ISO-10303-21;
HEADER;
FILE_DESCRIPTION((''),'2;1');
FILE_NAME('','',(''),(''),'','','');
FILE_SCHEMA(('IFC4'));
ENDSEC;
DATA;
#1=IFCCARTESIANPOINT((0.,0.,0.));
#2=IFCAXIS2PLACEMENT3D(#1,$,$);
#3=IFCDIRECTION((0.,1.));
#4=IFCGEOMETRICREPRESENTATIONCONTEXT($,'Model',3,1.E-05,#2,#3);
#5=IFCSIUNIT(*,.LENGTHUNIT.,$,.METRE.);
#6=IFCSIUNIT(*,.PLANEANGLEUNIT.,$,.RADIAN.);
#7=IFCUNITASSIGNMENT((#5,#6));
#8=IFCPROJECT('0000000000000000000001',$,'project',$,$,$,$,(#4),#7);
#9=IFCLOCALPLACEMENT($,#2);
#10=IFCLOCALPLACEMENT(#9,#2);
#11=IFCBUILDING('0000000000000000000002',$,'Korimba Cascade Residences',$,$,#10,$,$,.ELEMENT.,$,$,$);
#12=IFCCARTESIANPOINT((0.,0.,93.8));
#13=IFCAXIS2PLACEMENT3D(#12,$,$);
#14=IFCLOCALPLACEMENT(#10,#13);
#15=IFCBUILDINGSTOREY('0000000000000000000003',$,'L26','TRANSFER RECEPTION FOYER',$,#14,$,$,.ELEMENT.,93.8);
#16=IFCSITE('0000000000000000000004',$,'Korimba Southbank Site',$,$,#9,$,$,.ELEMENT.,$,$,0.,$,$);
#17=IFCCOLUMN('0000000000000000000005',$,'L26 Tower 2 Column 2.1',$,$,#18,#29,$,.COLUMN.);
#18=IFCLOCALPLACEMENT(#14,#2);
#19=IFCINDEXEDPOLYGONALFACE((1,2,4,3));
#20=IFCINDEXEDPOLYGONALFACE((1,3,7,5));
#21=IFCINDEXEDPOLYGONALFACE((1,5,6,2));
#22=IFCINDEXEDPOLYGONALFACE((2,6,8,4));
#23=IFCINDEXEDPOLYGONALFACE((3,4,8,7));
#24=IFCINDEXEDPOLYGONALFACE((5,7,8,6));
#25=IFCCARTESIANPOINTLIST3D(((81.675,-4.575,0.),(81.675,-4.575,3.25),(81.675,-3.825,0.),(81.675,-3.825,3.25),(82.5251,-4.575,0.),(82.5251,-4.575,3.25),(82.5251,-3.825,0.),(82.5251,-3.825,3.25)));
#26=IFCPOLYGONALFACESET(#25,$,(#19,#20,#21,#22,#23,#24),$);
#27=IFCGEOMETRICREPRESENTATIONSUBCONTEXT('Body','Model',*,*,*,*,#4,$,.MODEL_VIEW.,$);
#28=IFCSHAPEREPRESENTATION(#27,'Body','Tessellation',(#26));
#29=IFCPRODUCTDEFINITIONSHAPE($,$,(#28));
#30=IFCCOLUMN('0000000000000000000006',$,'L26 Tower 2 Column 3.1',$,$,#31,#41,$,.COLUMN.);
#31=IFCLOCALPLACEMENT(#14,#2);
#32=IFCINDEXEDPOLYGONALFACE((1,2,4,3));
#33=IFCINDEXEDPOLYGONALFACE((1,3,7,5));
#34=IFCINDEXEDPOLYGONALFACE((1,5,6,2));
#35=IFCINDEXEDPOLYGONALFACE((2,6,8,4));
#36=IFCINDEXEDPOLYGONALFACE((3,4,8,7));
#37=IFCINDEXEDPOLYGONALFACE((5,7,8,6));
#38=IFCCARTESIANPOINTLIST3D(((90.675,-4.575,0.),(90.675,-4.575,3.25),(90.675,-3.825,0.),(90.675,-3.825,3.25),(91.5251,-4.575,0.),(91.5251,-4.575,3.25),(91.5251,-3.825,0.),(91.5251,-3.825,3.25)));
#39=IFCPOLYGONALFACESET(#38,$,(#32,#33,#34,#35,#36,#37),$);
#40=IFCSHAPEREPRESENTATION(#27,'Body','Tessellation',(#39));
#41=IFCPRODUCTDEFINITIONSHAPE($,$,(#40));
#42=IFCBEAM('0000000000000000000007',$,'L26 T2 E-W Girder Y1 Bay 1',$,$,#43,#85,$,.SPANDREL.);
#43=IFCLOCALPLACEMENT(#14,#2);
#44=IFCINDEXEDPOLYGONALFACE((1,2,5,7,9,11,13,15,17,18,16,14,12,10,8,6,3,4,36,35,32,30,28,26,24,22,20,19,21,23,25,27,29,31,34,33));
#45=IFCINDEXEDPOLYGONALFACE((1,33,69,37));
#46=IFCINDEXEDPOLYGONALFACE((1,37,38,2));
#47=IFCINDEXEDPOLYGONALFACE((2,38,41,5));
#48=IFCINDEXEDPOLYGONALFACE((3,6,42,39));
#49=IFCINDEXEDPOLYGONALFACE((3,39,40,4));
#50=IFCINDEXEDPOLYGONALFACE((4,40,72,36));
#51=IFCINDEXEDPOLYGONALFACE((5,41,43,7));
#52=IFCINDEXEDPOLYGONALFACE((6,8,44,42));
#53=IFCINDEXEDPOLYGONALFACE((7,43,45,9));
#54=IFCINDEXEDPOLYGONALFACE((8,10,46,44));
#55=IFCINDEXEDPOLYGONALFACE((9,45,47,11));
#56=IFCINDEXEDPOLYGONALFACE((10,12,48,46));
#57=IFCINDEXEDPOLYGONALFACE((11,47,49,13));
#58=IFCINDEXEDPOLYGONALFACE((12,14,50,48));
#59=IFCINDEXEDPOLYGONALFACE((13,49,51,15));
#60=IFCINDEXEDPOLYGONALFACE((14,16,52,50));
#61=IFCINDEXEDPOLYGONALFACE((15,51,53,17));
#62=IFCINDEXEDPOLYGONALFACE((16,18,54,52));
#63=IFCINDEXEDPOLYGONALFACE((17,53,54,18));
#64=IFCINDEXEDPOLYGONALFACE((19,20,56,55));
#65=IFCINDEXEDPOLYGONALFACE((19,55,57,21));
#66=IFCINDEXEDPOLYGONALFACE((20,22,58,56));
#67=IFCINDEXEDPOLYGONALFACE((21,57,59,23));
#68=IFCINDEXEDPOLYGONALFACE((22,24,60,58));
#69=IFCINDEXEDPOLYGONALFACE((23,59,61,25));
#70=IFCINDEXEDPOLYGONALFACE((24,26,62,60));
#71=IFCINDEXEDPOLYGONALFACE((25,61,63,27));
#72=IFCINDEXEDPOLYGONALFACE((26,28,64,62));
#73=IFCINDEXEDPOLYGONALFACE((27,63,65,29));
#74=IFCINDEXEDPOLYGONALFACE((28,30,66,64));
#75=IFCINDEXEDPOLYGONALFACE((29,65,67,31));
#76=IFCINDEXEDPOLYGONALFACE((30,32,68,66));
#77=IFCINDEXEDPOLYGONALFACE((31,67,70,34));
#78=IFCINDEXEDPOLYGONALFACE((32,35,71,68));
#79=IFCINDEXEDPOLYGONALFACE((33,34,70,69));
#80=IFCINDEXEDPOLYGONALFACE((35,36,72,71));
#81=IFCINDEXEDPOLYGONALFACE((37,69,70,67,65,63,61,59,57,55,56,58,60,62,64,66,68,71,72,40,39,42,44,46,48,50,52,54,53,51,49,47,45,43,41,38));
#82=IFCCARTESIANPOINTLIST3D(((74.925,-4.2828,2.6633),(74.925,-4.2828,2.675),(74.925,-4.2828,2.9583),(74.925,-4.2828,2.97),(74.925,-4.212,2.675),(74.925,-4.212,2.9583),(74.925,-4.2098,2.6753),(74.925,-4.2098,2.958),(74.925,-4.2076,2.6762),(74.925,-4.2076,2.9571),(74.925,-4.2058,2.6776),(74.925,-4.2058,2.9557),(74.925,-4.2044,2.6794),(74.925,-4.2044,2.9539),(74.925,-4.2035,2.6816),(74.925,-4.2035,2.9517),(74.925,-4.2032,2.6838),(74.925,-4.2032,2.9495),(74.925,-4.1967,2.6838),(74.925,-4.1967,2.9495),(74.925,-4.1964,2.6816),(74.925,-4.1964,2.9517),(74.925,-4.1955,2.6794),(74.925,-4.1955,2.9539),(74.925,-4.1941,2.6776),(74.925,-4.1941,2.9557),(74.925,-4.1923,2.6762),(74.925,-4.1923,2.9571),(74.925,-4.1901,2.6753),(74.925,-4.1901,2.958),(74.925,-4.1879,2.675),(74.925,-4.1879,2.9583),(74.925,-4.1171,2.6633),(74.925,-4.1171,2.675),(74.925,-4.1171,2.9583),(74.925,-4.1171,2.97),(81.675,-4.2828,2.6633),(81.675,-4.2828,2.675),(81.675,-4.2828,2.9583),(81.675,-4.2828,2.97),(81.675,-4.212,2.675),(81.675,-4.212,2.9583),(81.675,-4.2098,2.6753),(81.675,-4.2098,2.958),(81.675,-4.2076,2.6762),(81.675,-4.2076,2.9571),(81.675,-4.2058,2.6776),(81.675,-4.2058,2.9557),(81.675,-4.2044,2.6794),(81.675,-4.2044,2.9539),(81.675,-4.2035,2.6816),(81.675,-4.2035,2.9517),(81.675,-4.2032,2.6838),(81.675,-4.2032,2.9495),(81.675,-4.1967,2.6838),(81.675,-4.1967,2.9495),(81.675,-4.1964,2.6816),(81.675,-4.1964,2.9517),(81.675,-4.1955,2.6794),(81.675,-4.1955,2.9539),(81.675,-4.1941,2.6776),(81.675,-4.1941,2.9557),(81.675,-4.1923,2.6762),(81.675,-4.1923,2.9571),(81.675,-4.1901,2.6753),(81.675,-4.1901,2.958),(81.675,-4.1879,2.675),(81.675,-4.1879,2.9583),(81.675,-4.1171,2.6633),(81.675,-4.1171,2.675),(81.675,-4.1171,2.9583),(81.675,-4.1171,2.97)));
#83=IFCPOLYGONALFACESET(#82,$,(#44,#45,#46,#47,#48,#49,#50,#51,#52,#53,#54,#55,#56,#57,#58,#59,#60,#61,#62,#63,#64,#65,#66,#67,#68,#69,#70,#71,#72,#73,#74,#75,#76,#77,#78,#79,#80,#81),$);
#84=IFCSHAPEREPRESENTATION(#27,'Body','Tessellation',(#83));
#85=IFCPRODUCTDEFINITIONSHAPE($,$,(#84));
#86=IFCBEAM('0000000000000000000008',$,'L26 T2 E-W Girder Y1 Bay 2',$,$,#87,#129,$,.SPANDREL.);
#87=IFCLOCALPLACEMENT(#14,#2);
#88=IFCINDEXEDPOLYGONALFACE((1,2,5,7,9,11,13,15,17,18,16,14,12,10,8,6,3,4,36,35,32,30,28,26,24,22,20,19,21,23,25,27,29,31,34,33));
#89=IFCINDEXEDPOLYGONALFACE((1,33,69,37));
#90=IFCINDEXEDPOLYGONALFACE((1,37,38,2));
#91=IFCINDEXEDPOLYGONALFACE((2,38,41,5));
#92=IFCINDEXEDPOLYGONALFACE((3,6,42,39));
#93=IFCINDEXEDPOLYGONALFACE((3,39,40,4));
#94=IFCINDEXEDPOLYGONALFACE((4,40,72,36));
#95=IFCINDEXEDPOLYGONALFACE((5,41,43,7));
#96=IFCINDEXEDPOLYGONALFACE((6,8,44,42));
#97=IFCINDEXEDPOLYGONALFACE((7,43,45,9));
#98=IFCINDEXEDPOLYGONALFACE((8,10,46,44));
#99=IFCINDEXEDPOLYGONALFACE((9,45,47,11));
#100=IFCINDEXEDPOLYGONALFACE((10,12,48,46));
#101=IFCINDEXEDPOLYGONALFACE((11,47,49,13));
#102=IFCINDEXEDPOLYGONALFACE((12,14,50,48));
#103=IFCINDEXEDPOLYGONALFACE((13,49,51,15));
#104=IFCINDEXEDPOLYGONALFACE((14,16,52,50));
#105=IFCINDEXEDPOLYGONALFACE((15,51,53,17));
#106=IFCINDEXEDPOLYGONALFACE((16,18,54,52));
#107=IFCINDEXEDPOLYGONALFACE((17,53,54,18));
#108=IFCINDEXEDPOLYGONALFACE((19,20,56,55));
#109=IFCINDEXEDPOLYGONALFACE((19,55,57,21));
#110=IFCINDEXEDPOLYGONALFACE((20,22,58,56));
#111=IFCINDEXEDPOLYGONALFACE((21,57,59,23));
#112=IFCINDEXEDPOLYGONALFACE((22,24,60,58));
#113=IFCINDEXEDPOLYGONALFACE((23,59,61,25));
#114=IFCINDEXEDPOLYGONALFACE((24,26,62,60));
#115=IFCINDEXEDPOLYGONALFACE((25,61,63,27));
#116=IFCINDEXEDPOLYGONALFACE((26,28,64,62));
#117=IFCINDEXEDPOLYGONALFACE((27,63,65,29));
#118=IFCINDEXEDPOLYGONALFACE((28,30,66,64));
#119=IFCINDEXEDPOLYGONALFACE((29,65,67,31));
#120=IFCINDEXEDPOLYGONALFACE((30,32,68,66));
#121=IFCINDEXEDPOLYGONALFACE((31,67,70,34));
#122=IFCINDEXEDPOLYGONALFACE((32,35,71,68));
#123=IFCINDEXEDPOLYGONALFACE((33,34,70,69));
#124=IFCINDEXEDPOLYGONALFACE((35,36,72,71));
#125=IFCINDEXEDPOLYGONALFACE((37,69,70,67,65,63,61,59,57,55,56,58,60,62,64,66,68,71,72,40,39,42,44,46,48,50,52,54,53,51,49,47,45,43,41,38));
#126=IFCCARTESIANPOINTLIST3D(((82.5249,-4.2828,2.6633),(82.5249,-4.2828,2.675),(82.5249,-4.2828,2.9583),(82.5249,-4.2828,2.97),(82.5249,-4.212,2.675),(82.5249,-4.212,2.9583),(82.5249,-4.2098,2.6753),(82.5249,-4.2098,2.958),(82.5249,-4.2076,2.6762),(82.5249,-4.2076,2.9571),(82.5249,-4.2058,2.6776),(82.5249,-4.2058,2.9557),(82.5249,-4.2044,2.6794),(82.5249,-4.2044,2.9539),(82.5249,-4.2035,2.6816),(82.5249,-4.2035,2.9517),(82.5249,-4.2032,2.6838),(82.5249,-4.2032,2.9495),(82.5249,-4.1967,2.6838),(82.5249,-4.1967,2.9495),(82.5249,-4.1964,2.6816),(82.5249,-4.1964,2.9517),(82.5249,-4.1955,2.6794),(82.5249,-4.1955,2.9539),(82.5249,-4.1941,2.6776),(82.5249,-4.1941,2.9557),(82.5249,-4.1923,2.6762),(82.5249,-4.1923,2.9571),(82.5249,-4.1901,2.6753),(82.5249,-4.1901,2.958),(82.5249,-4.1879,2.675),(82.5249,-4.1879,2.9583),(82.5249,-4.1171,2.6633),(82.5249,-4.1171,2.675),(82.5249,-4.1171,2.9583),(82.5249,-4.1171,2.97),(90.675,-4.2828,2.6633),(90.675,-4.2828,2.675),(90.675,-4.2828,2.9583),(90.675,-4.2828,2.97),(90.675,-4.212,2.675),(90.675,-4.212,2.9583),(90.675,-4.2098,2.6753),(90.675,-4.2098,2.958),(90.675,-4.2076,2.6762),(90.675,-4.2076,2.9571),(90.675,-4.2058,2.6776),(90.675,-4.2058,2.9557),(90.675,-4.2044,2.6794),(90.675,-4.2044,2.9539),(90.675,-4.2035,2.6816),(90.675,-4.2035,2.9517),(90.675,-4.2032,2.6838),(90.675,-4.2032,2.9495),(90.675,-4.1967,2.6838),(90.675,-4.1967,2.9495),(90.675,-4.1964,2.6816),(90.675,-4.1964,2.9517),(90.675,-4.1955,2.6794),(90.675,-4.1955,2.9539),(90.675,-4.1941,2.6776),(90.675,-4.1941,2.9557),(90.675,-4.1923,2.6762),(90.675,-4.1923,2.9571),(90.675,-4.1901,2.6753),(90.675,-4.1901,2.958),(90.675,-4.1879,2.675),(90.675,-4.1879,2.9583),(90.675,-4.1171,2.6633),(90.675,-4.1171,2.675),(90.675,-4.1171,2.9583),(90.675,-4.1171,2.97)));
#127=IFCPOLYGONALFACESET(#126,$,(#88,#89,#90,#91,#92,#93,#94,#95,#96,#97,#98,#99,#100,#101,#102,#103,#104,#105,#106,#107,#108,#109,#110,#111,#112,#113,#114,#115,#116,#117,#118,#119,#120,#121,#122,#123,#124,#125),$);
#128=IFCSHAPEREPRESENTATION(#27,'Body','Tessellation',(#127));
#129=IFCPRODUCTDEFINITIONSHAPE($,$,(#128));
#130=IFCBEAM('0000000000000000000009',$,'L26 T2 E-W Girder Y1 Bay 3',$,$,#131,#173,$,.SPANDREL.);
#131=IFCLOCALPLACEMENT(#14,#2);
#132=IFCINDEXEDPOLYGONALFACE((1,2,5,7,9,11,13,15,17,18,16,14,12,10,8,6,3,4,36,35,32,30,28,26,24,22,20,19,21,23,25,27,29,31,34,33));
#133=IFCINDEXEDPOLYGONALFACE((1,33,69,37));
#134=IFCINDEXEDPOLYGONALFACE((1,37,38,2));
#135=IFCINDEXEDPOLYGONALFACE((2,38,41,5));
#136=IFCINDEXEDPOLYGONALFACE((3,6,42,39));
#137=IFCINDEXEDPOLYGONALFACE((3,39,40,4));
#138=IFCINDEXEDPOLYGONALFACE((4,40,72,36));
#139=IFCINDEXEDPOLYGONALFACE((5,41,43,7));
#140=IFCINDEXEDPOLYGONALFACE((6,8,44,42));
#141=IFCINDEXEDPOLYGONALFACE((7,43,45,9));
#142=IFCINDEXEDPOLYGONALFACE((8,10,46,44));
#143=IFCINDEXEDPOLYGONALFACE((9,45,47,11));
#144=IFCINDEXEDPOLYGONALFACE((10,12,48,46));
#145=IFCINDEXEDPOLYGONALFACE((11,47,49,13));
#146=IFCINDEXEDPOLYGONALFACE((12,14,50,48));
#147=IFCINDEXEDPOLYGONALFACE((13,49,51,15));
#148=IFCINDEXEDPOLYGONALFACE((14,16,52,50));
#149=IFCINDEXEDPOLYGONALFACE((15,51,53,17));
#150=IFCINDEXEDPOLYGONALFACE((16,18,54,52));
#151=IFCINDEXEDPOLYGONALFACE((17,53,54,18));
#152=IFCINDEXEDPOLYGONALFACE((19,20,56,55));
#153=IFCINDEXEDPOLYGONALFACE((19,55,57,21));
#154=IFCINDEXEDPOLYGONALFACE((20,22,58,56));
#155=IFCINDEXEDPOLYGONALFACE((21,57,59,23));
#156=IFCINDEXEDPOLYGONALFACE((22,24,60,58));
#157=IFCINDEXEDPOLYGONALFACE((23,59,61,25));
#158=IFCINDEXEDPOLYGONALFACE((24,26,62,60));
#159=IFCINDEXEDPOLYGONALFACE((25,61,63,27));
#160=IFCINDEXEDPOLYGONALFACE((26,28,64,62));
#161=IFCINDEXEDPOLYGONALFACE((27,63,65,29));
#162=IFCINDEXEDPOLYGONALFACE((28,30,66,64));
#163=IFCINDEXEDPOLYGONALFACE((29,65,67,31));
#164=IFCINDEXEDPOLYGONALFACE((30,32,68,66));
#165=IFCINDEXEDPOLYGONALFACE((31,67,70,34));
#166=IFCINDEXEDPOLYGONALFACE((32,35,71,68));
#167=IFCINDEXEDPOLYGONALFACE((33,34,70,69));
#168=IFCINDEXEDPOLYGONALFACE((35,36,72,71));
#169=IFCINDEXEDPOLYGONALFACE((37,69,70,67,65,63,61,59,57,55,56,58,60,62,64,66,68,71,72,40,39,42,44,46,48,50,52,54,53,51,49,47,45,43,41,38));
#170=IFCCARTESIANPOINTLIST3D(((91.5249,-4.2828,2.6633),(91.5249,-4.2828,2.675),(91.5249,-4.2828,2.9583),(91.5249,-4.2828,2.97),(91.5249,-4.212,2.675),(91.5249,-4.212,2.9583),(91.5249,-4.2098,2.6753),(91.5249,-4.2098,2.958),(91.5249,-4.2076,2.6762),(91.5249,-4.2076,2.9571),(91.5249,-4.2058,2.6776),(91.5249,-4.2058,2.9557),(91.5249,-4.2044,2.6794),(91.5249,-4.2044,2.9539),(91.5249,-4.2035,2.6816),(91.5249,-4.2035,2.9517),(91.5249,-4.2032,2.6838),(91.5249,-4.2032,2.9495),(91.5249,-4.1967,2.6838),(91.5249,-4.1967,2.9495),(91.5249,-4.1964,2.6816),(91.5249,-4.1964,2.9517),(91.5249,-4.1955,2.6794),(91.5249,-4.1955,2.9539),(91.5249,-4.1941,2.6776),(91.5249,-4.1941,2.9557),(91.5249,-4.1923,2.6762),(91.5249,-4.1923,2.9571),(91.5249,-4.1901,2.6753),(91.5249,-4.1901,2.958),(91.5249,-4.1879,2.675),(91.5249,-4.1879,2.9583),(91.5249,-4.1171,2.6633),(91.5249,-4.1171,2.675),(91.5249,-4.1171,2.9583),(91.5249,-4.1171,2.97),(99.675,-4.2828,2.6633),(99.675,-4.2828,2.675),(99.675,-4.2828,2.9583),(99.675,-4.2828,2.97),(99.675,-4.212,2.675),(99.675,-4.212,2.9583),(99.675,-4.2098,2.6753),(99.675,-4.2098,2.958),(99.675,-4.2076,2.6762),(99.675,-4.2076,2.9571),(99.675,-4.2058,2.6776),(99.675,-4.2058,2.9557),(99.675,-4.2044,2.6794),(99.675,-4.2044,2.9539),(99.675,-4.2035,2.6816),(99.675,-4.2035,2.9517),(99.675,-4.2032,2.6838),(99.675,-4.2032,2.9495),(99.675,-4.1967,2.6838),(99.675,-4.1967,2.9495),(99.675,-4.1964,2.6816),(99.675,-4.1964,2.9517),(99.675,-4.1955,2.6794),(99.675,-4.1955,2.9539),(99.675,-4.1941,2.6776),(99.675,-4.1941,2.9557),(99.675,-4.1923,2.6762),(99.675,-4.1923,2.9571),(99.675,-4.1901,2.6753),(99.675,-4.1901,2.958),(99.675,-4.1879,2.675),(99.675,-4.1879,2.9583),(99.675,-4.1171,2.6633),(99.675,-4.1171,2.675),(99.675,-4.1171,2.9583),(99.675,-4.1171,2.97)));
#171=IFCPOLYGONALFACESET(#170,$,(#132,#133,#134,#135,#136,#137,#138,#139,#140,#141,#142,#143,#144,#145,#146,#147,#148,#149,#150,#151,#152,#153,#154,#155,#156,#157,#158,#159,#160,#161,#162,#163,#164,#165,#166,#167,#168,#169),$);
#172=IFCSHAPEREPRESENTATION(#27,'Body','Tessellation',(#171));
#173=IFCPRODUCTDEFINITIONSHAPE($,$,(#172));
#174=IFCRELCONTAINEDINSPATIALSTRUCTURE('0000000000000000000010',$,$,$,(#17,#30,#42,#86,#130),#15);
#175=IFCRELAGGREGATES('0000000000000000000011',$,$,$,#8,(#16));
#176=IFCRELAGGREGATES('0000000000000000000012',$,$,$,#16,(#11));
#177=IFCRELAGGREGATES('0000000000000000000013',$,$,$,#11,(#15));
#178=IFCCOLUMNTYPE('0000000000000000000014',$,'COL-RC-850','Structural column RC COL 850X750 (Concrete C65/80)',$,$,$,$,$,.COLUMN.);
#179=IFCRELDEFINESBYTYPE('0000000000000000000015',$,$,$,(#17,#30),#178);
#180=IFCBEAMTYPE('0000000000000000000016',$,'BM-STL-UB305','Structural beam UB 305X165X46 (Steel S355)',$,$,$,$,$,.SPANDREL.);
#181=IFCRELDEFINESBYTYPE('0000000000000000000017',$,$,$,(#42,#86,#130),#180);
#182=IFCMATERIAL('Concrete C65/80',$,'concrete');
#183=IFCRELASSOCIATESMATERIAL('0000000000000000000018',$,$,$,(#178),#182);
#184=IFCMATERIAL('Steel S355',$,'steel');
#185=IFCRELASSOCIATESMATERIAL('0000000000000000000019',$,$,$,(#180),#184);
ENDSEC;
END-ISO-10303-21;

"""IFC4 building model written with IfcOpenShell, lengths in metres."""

from ifc_helpers import new_model, si_unit, direction, frame, origin, origin_2d, place, context, subcontext, project, spatial, rectangle, i_section, extrude, material, material_profile, profile_set, type_object, element, save


model = new_model("IFC4")

# Units and contexts
model_context = context("Model", 3, precision=1e-05, world=origin(), true_north=direction((0.0, 1.0)))
body_context = subcontext(model_context, "Body", "Model", "MODEL_VIEW")
ifc_project = project(units=[si_unit("LENGTHUNIT", "METRE"), si_unit("PLANEANGLEUNIT", "RADIAN")], contexts=[model_context])

# Site, building, storey
site_placement = place(None, origin())
site = spatial("IfcSite", under=ifc_project, at=site_placement, Name="Korimba Southbank Site", CompositionType="ELEMENT", RefElevation=0.0)
building_placement = place(site_placement, origin())
building = spatial("IfcBuilding", under=site, at=building_placement, Name="Korimba Cascade Residences", CompositionType="ELEMENT")
storey_placement = place(building_placement, frame((0.0, 0.0, 93.8)))
storey = spatial("IfcBuildingStorey", under=building, at=storey_placement, Name="L26", Description="TRANSFER RECEPTION FOYER", CompositionType="ELEMENT", Elevation=93.8)

# Columns
ifc_material_1 = material(Name="Concrete C65/80", Category="concrete")
ifc_material_profile_1 = material_profile(ifc_material_1, rectangle(XDim=0.8501, YDim=0.75, at=origin_2d()), Name="Concrete C65/80")
ifc_profile_set_1 = profile_set([ifc_material_profile_1], Name="Concrete C65/80")
column_type = type_object("IfcColumnType", Name="COL-RC-850", Description="Structural column RC COL 850X750 (Concrete C65/80)", PredefinedType="COLUMN", material=ifc_profile_set_1)
for number, where, z_axis, x_axis, name in (
    (1, (82.1001, -4.2, 0.0), (0.0, 0.0, 1.0), (1.0, 0.0, 0.0), "L26 Tower 2 Column 2.1"),
    (2, (91.1001, -4.2, 0.0), (0.0, 0.0, 1.0), (1.0, 0.0, 0.0), "L26 Tower 2 Column 3.1"),
):
    element("IfcColumn", number, at=place(storey_placement, frame(where, z_axis=z_axis, x_axis=x_axis)), inside=storey, type_object=column_type, Name=name, PredefinedType="COLUMN", context=body_context, shape_type="SweptSolid", body=[
        extrude(rectangle(XDim=0.8501, YDim=0.75, at=origin_2d()), origin(), (0.0, 0.0, 1.0), 3.25),
    ])

# Beams
ifc_material_2 = material(Name="Steel S355", Category="steel")
ifc_material_profile_2 = material_profile(ifc_material_2, i_section(OverallWidth=0.1658, OverallDepth=0.3066, WebThickness=0.0066, FlangeThickness=0.0117, FilletRadius=0.0088, at=origin_2d()), Name="Steel S355")
ifc_profile_set_2 = profile_set([ifc_material_profile_2], Name="Steel S355")
beam_type_1 = type_object("IfcBeamType", Name="BM-STL-UB305", Description="Structural beam UB 305X165X46 (Steel S355)", PredefinedType="SPANDREL", material=ifc_profile_set_2)
beam_1_placement = place(storey_placement, frame((74.925, -4.2, 2.8167), z_axis=(1.0, 0.0, 0.0), x_axis=(0.0, 1.0, 0.0)))
element("IfcBeam", 3, at=beam_1_placement, inside=storey, type_object=beam_type_1, Name="L26 T2 E-W Girder Y1 Bay 1", PredefinedType="SPANDREL", context=body_context, shape_type="SweptSolid", body=[
    extrude(i_section(OverallWidth=0.1658, OverallDepth=0.3066, WebThickness=0.0066, FlangeThickness=0.0117, FilletRadius=0.0088, at=origin_2d()), origin(), (0.0, 0.0, 1.0), 6.75),
])
for number, where, z_axis, x_axis, name in (
    (4, (82.5249, -4.2, 2.8167), (1.0, 0.0, 0.0), (0.0, 1.0, 0.0), "L26 T2 E-W Girder Y1 Bay 2"),
    (5, (91.5249, -4.2, 2.8167), (1.0, 0.0, 0.0), (0.0, 1.0, 0.0), "L26 T2 E-W Girder Y1 Bay 3"),
):
    element("IfcBeam", number, at=place(storey_placement, frame(where, z_axis=z_axis, x_axis=x_axis)), inside=storey, type_object=beam_type_1, Name=name, PredefinedType="SPANDREL", context=body_context, shape_type="SweptSolid", body=[
        extrude(i_section(OverallWidth=0.1658, OverallDepth=0.3066, WebThickness=0.0066, FlangeThickness=0.0117, FilletRadius=0.0088, at=origin_2d()), origin(), (0.0, 0.0, 1.0), 8.1501),
    ])

save(model, "model.ifc")
